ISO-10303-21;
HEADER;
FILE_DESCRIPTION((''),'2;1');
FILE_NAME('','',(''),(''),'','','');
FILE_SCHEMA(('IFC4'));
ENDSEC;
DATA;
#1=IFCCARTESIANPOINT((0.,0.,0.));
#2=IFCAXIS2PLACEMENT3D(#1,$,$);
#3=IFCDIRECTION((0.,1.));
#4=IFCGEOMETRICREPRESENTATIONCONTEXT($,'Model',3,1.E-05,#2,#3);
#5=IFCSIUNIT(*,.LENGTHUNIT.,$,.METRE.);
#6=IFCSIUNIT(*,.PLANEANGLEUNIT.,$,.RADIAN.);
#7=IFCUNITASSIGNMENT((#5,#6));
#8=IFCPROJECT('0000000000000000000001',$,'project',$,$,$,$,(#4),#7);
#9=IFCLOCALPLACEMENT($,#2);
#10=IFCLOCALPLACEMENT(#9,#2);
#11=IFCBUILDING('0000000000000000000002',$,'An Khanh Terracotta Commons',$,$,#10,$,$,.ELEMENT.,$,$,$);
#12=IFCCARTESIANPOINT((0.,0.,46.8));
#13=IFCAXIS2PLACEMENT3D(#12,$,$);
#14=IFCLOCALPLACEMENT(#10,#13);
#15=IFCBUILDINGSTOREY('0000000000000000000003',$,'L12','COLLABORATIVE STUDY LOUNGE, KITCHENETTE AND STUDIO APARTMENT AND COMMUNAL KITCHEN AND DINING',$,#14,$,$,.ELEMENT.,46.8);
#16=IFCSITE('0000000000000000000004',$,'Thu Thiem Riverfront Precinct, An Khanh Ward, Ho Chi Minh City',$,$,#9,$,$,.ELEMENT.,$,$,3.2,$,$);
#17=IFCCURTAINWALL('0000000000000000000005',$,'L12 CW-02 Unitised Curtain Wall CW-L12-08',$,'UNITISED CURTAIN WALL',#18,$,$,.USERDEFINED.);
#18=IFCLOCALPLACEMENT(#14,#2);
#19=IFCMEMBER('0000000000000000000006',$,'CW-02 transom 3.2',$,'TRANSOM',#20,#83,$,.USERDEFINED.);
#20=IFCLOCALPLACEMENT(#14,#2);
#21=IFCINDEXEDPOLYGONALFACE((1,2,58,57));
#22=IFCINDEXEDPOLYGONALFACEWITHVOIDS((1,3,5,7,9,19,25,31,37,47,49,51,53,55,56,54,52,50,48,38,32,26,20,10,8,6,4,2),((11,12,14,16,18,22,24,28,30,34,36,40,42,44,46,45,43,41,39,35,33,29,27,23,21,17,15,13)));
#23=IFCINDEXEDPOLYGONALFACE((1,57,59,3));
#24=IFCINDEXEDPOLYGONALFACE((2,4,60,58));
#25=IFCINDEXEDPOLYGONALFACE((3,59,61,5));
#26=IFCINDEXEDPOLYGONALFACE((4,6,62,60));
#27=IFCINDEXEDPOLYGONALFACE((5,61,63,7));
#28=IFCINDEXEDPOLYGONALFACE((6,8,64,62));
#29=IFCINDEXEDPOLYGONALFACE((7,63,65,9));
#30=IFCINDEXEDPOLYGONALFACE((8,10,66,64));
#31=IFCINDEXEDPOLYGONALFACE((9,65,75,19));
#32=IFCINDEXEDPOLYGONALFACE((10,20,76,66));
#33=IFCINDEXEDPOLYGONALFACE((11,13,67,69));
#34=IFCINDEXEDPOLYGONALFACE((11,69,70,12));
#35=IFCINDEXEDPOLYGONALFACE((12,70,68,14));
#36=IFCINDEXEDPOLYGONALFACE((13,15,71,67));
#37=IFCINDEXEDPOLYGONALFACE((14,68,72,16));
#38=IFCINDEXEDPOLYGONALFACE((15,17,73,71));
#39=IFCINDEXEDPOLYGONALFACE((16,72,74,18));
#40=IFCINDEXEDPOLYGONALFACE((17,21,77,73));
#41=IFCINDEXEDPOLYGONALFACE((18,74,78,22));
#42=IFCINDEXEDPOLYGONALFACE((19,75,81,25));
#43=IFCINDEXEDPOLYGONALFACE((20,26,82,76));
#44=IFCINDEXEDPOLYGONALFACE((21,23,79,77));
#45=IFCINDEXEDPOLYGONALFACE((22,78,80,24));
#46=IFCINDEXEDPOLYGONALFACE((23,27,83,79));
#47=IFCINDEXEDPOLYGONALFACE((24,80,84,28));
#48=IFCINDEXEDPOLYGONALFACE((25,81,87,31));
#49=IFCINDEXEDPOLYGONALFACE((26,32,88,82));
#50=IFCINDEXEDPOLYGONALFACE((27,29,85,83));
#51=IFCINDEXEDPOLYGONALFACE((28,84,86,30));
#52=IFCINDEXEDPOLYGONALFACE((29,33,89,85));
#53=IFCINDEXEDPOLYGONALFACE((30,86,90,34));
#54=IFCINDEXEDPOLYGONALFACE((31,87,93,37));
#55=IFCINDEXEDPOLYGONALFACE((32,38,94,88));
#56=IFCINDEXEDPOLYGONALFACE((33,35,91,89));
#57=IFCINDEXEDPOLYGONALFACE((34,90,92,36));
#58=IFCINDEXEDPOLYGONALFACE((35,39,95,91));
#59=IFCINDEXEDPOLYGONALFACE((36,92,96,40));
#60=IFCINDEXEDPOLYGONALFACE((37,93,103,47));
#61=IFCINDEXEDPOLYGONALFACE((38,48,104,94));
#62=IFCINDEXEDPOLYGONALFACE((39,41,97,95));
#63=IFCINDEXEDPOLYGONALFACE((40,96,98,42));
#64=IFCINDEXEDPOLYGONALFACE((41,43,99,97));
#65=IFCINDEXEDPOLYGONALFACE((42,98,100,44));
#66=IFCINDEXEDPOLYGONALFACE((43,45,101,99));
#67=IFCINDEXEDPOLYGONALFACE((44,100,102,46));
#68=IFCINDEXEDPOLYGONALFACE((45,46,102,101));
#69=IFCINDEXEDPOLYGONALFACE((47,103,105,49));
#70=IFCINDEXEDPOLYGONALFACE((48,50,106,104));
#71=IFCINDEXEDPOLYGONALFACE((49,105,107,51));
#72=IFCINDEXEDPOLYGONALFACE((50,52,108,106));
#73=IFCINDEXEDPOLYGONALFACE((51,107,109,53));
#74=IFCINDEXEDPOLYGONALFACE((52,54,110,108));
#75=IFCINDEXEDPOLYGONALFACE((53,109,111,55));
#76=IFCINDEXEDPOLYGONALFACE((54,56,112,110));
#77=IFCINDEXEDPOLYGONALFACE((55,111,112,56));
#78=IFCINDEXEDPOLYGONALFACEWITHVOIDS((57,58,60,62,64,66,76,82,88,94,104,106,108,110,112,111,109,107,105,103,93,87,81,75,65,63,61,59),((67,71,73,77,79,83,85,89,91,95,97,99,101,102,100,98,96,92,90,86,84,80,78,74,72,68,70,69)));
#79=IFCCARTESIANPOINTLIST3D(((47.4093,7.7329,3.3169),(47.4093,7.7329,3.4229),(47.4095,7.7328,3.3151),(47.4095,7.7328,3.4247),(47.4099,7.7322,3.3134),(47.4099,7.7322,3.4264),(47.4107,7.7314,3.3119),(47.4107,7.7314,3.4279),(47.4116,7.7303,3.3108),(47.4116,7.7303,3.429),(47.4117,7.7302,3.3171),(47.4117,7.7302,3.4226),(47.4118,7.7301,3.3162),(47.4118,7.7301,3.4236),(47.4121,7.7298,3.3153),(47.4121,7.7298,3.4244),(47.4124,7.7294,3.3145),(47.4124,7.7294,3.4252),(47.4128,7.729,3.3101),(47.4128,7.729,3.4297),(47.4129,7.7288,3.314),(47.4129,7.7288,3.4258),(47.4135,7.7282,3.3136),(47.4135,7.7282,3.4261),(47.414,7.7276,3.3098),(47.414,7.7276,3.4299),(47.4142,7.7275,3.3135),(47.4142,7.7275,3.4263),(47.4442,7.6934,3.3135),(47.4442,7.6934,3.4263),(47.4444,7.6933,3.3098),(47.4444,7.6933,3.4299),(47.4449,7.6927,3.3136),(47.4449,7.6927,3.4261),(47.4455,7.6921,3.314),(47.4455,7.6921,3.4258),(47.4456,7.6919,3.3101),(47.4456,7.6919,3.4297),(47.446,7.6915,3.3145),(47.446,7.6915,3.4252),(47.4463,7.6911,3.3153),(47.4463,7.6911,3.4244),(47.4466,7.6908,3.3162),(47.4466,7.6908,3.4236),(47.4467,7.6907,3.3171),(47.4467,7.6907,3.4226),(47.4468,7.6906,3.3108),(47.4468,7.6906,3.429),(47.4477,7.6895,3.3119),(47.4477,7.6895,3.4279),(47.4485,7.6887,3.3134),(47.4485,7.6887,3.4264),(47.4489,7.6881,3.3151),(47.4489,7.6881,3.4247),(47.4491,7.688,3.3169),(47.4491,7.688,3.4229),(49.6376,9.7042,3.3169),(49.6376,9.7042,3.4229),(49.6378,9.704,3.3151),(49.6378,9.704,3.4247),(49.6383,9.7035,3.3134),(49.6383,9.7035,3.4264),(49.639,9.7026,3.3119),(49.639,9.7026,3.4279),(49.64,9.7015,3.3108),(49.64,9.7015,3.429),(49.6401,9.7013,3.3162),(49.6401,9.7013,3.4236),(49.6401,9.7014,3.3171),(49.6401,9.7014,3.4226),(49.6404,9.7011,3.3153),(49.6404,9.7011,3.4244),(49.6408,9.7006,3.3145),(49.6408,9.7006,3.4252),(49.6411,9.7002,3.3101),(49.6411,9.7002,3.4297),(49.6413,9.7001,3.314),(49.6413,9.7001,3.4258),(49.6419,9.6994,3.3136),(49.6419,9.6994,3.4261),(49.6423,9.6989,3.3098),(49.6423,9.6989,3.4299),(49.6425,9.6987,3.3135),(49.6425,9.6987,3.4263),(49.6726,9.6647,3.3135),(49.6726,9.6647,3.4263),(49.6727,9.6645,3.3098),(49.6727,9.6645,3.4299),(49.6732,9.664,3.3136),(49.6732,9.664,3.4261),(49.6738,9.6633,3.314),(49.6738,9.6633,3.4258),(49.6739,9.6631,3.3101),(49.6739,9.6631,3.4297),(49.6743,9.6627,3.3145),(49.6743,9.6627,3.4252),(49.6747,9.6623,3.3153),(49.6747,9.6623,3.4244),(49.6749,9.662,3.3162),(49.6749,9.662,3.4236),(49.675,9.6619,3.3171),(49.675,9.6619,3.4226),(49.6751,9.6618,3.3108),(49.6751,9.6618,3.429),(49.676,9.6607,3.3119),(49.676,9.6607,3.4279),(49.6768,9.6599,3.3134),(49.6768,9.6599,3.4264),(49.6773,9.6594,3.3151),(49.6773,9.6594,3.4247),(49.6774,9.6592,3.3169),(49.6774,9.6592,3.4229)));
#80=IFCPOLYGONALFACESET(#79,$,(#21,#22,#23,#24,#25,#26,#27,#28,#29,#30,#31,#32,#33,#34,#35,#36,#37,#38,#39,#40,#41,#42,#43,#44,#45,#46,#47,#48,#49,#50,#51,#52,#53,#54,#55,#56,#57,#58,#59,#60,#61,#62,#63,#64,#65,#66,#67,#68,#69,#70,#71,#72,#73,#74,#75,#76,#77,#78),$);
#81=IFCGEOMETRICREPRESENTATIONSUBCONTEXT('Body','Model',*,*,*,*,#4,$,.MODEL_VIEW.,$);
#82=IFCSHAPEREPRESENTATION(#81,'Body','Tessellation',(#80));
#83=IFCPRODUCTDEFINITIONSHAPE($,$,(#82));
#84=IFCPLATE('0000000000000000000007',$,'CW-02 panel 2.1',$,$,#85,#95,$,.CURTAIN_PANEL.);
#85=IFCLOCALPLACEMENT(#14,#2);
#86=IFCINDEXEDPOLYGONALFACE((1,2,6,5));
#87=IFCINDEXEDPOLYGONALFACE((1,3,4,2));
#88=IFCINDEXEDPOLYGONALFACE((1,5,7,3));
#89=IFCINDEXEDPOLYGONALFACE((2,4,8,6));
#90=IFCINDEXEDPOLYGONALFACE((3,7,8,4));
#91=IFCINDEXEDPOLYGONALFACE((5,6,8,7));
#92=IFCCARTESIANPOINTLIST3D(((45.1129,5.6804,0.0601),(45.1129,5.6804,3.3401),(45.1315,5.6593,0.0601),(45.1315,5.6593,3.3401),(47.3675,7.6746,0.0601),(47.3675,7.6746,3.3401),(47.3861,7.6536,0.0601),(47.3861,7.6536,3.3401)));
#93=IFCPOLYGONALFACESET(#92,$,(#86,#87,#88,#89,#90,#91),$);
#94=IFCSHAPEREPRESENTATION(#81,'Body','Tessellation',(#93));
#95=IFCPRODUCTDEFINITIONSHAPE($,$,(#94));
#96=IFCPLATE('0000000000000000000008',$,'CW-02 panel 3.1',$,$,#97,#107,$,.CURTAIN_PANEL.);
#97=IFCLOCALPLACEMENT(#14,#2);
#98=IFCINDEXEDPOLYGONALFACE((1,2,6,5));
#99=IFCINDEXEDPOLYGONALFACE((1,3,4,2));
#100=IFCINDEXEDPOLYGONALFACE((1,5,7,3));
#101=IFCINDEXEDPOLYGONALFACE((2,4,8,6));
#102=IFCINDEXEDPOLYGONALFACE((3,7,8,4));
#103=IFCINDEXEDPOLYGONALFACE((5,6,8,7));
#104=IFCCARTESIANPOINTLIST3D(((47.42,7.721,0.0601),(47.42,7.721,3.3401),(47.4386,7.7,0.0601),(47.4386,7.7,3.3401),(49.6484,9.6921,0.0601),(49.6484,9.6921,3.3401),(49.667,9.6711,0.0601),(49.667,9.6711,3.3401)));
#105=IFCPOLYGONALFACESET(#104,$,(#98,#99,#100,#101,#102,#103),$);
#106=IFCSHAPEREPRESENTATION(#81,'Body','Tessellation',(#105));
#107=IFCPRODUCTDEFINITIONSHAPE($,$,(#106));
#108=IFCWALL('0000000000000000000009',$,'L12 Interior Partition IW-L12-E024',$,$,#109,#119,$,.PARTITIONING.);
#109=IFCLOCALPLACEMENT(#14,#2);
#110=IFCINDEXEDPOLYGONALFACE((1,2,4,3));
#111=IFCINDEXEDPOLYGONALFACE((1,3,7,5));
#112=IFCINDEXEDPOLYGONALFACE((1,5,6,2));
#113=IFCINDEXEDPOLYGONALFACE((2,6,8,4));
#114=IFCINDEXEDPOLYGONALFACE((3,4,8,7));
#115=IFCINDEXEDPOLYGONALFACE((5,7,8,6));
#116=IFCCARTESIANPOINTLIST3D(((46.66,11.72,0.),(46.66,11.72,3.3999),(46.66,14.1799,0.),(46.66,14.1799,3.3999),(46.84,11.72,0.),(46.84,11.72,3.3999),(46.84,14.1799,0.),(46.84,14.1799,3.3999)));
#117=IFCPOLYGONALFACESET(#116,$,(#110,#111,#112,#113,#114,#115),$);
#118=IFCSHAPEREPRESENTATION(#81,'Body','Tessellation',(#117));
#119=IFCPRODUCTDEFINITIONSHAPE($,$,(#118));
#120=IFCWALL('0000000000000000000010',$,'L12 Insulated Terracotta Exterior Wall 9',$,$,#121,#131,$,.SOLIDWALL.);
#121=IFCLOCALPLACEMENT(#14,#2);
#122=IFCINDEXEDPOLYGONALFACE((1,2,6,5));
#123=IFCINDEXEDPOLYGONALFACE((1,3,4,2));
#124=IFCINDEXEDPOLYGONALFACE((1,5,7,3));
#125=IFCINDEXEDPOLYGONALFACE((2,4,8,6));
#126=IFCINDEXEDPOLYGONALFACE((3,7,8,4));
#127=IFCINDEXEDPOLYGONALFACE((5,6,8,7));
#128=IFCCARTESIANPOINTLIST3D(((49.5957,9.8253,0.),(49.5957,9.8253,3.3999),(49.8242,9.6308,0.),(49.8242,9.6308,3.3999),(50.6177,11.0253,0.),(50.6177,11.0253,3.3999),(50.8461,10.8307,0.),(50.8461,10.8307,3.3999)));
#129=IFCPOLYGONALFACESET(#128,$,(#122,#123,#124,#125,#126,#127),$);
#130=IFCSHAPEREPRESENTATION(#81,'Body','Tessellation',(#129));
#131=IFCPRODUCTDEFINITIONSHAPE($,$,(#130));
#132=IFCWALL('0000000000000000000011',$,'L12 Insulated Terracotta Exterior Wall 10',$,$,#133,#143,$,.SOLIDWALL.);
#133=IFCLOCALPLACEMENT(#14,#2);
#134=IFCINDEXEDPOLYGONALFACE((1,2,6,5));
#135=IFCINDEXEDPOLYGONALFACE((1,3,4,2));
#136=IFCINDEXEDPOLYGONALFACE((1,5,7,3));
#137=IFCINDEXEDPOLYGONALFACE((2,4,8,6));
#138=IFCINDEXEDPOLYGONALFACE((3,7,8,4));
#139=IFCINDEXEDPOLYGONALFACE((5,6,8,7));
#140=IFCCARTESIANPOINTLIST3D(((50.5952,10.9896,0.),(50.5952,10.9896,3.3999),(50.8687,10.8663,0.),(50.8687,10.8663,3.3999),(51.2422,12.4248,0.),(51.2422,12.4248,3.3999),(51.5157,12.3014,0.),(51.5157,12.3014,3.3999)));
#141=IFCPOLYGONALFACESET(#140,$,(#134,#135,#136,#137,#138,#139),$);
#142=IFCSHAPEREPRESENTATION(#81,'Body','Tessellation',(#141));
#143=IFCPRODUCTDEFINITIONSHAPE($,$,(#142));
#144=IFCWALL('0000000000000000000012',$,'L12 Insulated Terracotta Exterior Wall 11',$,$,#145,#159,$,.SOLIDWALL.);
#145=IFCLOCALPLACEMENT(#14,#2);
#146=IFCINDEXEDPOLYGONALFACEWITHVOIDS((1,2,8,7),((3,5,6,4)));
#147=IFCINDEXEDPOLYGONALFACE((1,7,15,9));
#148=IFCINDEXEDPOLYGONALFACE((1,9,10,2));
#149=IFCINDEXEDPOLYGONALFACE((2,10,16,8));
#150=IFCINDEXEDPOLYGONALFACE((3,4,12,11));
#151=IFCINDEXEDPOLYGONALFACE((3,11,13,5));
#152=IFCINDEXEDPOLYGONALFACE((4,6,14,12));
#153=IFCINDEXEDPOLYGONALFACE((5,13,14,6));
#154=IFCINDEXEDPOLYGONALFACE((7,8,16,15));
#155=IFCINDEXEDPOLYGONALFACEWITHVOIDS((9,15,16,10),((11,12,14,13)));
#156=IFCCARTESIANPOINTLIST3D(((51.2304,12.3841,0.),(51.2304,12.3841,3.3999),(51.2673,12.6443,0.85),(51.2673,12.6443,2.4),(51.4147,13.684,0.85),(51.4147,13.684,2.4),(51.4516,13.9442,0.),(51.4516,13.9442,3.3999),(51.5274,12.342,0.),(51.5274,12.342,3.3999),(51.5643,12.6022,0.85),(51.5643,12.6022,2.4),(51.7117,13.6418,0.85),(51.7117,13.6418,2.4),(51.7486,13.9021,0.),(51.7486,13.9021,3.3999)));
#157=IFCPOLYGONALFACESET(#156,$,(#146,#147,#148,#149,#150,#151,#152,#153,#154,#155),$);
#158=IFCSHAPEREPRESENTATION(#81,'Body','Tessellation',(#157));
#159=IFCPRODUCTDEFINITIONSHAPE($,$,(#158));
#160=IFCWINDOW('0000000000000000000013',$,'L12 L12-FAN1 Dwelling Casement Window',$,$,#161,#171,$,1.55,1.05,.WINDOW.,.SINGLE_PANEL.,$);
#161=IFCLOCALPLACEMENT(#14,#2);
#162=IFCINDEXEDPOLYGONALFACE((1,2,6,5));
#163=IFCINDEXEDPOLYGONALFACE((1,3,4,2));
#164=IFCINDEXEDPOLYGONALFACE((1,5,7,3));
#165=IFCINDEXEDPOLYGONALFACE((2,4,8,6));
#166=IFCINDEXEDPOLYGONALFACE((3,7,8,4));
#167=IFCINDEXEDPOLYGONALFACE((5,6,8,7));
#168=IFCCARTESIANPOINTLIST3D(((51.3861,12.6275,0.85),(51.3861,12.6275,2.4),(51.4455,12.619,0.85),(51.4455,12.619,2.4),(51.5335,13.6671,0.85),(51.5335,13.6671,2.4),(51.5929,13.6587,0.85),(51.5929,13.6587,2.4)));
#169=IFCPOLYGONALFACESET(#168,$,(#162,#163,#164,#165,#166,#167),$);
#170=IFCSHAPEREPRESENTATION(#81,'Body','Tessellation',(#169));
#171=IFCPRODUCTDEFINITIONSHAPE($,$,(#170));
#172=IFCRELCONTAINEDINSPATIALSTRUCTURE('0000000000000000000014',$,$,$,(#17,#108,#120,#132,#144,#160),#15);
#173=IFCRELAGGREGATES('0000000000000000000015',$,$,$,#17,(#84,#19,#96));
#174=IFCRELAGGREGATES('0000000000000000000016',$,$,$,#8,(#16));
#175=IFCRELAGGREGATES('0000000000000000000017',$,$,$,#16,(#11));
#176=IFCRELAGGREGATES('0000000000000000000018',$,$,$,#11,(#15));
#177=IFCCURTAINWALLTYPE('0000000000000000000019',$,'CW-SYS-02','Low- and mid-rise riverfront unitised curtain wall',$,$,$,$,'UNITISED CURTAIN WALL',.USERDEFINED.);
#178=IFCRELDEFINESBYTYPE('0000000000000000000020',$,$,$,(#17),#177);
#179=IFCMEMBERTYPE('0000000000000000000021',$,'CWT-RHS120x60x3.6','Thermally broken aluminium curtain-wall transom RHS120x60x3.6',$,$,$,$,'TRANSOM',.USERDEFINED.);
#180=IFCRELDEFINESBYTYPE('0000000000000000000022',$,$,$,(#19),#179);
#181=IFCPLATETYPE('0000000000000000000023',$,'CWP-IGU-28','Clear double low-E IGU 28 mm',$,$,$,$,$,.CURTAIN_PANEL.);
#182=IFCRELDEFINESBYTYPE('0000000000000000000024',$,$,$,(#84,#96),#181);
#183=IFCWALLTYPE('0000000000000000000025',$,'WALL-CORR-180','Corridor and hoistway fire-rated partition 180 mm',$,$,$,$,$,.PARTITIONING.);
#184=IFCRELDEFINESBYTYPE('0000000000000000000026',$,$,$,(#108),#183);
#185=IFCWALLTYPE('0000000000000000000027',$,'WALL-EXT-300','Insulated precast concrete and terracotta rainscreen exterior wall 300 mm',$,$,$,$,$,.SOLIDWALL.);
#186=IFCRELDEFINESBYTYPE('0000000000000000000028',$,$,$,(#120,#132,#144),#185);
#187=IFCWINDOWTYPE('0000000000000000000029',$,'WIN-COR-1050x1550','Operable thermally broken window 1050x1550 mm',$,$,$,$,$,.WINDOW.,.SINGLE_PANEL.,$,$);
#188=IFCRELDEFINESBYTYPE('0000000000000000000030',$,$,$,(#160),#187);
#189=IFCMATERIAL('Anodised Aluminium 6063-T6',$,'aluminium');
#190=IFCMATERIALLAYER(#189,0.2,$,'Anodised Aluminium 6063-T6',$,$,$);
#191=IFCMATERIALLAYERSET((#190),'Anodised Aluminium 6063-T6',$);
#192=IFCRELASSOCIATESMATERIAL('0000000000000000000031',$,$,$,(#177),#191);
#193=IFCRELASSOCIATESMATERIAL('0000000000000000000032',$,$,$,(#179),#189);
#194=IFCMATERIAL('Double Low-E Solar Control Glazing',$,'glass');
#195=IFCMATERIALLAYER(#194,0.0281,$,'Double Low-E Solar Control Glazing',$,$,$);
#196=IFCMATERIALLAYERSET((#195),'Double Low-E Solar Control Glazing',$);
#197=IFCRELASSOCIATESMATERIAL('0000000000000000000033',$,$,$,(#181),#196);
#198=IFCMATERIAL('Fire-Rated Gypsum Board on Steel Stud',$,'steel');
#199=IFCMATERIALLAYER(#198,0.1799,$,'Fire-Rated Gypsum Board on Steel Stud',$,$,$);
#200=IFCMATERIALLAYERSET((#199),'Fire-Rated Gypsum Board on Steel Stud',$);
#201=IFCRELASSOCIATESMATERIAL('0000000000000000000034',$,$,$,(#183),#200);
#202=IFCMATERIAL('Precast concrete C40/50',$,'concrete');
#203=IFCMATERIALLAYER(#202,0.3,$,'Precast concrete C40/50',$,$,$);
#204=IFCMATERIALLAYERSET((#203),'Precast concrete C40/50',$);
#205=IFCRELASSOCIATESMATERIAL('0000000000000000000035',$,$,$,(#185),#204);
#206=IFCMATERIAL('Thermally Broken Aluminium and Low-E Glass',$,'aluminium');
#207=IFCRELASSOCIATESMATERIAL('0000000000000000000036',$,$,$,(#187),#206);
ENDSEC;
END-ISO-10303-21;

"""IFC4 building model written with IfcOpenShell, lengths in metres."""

from ifc_helpers import new_model, si_unit, direction, frame, frame_2d, origin, origin_2d, place, context, subcontext, project, spatial, rectangle, hollow_rectangle, extrude, material, layer, layer_set, material_profile, profile_set, type_object, element, fill, aggregate, save


model = new_model("IFC4")

# Units and contexts
model_context = context("Model", 3, precision=1e-05, world=origin(), true_north=direction((0.0, 1.0)))
body_context = subcontext(model_context, "Body", "Model", "MODEL_VIEW")
ifc_project = project(units=[si_unit("LENGTHUNIT", "METRE"), si_unit("PLANEANGLEUNIT", "RADIAN")], contexts=[model_context])

# Site, building, storey
site_placement = place(None, origin())
site = spatial("IfcSite", under=ifc_project, at=site_placement, Name="Thu Thiem Riverfront Precinct, An Khanh Ward, Ho Chi Minh City", CompositionType="ELEMENT", RefElevation=3.2)
building_placement = place(site_placement, origin())
building = spatial("IfcBuilding", under=site, at=building_placement, Name="An Khanh Terracotta Commons", CompositionType="ELEMENT")
storey_placement = place(building_placement, frame((0.0, 0.0, 46.8)))
storey = spatial("IfcBuildingStorey", under=building, at=storey_placement, Name="L12", Description="COLLABORATIVE STUDY LOUNGE, KITCHENETTE AND STUDIO APARTMENT AND COMMUNAL KITCHEN AND DINING", CompositionType="ELEMENT", Elevation=46.8)

# Curtain wall, member, plates
ifc_material_1 = material(Name="Anodised Aluminium 6063-T6", Category="aluminium")
ifc_layer_1 = layer(ifc_material_1, 0.2, Name="Anodised Aluminium 6063-T6")
ifc_layer_set_1 = layer_set([ifc_layer_1], Name="Anodised Aluminium 6063-T6")
curtain_wall_type = type_object("IfcCurtainWallType", Name="CW-SYS-02", Description="Low- and mid-rise riverfront unitised curtain wall", ElementType="UNITISED CURTAIN WALL", PredefinedType="USERDEFINED", material=ifc_layer_set_1)
curtain_wall_placement = place(storey_placement, origin())
curtain_wall = element("IfcCurtainWall", 1, at=curtain_wall_placement, inside=storey, type_object=curtain_wall_type, Name="L12 CW-02 Unitised Curtain Wall CW-L12-08", ObjectType="UNITISED CURTAIN WALL", PredefinedType="USERDEFINED")
ifc_material_profile_1 = material_profile(ifc_material_1, hollow_rectangle(XDim=0.0601, YDim=0.1201, WallThickness=0.0037, InnerFilletRadius=0.0037, OuterFilletRadius=0.0071, at=origin_2d()), Name="RHS120x60x3.6")
ifc_profile_set_1 = profile_set([ifc_material_profile_1], Name="Anodised Aluminium 6063-T6")
member_type_1 = type_object("IfcMemberType", Name="CWT-RHS120x60x3.6", Description="Thermally broken aluminium curtain-wall transom RHS120x60x3.6", ElementType="TRANSOM", PredefinedType="USERDEFINED", material=ifc_profile_set_1)
member_1_placement = place(storey_placement, frame((47.4292, 7.7104, 3.3699), z_axis=(0.748992, 0.662579, 0.0), x_axis=(-0.662579, 0.748992, 0.0)))
member_1 = element("IfcMember", 2, at=member_1_placement, type_object=member_type_1, Name="CW-02 transom 3.2", ObjectType="TRANSOM", PredefinedType="USERDEFINED", context=body_context, shape_type="SweptSolid", body=[
    extrude(hollow_rectangle(XDim=0.0601, YDim=0.1201, WallThickness=0.0037, InnerFilletRadius=0.0037, OuterFilletRadius=0.0071, at=origin_2d()), origin(), (0.0, 0.0, 1.0), 2.9751),
])
ifc_material_2 = material(Name="Double Low-E Solar Control Glazing", Category="glass")
ifc_layer_2 = layer(ifc_material_2, 0.0281, Name="Double Low-E Solar Control Glazing")
ifc_layer_set_2 = layer_set([ifc_layer_2], Name="Double Low-E Solar Control Glazing")
plate_type = type_object("IfcPlateType", Name="CWP-IGU-28", Description="Clear double low-E IGU 28 mm", PredefinedType="CURTAIN_PANEL", material=ifc_layer_set_2)
plate_1_placement = place(storey_placement, frame((46.2495, 6.667, 0.0601), z_axis=(0.0, 0.0, 1.0), x_axis=(0.749019, 0.662548, 0.0)))
plate_1 = element("IfcPlate", 3, at=plate_1_placement, type_object=plate_type, Name="CW-02 panel 2.1", PredefinedType="CURTAIN_PANEL", context=body_context, shape_type="SweptSolid", body=[
    extrude(rectangle(XDim=3.01, YDim=0.0281, at=origin_2d()), origin(), (0.0, 0.0, 1.0), 3.28),
])
plate_2_placement = place(storey_placement, frame((48.5435, 8.696, 0.0601), z_axis=(0.0, 0.0, 1.0), x_axis=(0.749019, 0.662548, 0.0)))
plate_2 = element("IfcPlate", 4, at=plate_2_placement, type_object=plate_type, Name="CW-02 panel 3.1", PredefinedType="CURTAIN_PANEL", context=body_context, shape_type="SweptSolid", body=[
    extrude(rectangle(XDim=2.9751, YDim=0.0281, at=origin_2d()), origin(), (0.0, 0.0, 1.0), 3.28),
])
aggregate(curtain_wall, [plate_1, member_1, plate_2])

# Walls
ifc_material_3 = material(Name="Fire-Rated Gypsum Board on Steel Stud", Category="steel")
ifc_layer_3 = layer(ifc_material_3, 0.1799, Name="Fire-Rated Gypsum Board on Steel Stud")
ifc_layer_set_3 = layer_set([ifc_layer_3], Name="Fire-Rated Gypsum Board on Steel Stud")
wall_type_1 = type_object("IfcWallType", Name="WALL-CORR-180", Description="Corridor and hoistway fire-rated partition 180 mm", PredefinedType="PARTITIONING", material=ifc_layer_set_3)
wall_1_placement = place(storey_placement, frame((46.75, 11.72, 0.0), z_axis=(0.0, 0.0, 1.0), x_axis=(0.0, 1.0, 0.0)))
element("IfcWall", 5, at=wall_1_placement, inside=storey, type_object=wall_type_1, Name="L12 Interior Partition IW-L12-E024", PredefinedType="PARTITIONING", context=body_context, shape_type="SweptSolid", body=[
    extrude(rectangle(XDim=2.46, YDim=0.1799, at=frame_2d((1.23, 0.0))), origin(), (0.0, 0.0, 1.0), 3.3999),
])
ifc_material_4 = material(Name="Precast concrete C40/50", Category="concrete")
ifc_layer_4 = layer(ifc_material_4, 0.3, Name="Precast concrete C40/50")
ifc_layer_set_4 = layer_set([ifc_layer_4], Name="Precast concrete C40/50")
wall_type_2 = type_object("IfcWallType", Name="WALL-EXT-300", Description="Insulated precast concrete and terracotta rainscreen exterior wall 300 mm", PredefinedType="SOLIDWALL", material=ifc_layer_set_4)
wall_2_placement = place(storey_placement, frame((49.71, 9.728, 0.0), z_axis=(0.0, 0.0, 1.0), x_axis=(0.64839, 0.761308, 0.0)))
element("IfcWall", 6, at=wall_2_placement, inside=storey, type_object=wall_type_2, Name="L12 Insulated Terracotta Exterior Wall 9", PredefinedType="SOLIDWALL", context=body_context, shape_type="SweptSolid", body=[
    extrude(rectangle(XDim=1.5762, YDim=0.3, at=frame_2d((0.7881, 0.0))), origin(), (0.0, 0.0, 1.0), 3.3999),
])
wall_3_placement = place(storey_placement, frame((50.7319, 10.928, 0.0), z_axis=(0.0, 0.0, 1.0), x_axis=(0.410997, 0.911637, 0.0)))
element("IfcWall", 7, at=wall_3_placement, inside=storey, type_object=wall_type_2, Name="L12 Insulated Terracotta Exterior Wall 10", PredefinedType="SOLIDWALL", context=body_context, shape_type="SweptSolid", body=[
    extrude(rectangle(XDim=1.5742, YDim=0.3, at=frame_2d((0.7871, 0.0))), origin(), (0.0, 0.0, 1.0), 3.3999),
])

# Wall, opening, window
wall_4_placement = place(storey_placement, frame((51.3789, 12.363, 0.0), z_axis=(0.0, 0.0, 1.0), x_axis=(0.14038, 0.990098, 0.0)))
wall_4 = element("IfcWall", 8, at=wall_4_placement, inside=storey, type_object=wall_type_2, Name="L12 Insulated Terracotta Exterior Wall 11", PredefinedType="SOLIDWALL", context=body_context, shape_type="SweptSolid", body=[
    extrude(rectangle(XDim=1.5757, YDim=0.3, at=frame_2d((0.7878, 0.0))), origin(), (0.0, 0.0, 1.0), 3.3999),
])
opening_1_placement = place(wall_4_placement, frame((0.2629, 0.0, 0.8501)))
opening_1 = element("IfcOpeningElement", 9, at=opening_1_placement, cuts=wall_4, PredefinedType="OPENING", context=body_context, shape_type="SweptSolid", body=[
    extrude(rectangle(XDim=1.05, YDim=1.55, at=frame_2d((0.5249, 0.7749))), frame((0.0, 0.1599, 0.0), z_axis=(0.0, -1.0, 0.0), x_axis=(1.0, 0.0, 0.0)), (0.0, 0.0, 1.0), 0.3201),
])
ifc_material_5 = material(Name="Thermally Broken Aluminium and Low-E Glass", Category="aluminium")
window_type = type_object("IfcWindowType", Name="WIN-COR-1050x1550", Description="Operable thermally broken window 1050x1550 mm", PartitioningType="SINGLE_PANEL", PredefinedType="WINDOW", material=ifc_material_5)
window_1_placement = place(opening_1_placement, origin())
window_1 = element("IfcWindow", 10, at=window_1_placement, inside=storey, type_object=window_type, Name="L12 L12-FAN1 Dwelling Casement Window", OverallHeight=1.55, OverallWidth=1.05, PartitioningType="SINGLE_PANEL", PredefinedType="WINDOW", context=body_context, shape_type="SweptSolid", body=[
    extrude(rectangle(XDim=1.05, YDim=1.55, at=frame_2d((0.5249, 0.7749))), frame((0.0, 0.03, 0.0), z_axis=(0.0, -1.0, 0.0), x_axis=(1.0, 0.0, 0.0)), (0.0, 0.0, 1.0), 0.0601),
])
fill(opening_1, window_1)

save(model, "model.ifc")
